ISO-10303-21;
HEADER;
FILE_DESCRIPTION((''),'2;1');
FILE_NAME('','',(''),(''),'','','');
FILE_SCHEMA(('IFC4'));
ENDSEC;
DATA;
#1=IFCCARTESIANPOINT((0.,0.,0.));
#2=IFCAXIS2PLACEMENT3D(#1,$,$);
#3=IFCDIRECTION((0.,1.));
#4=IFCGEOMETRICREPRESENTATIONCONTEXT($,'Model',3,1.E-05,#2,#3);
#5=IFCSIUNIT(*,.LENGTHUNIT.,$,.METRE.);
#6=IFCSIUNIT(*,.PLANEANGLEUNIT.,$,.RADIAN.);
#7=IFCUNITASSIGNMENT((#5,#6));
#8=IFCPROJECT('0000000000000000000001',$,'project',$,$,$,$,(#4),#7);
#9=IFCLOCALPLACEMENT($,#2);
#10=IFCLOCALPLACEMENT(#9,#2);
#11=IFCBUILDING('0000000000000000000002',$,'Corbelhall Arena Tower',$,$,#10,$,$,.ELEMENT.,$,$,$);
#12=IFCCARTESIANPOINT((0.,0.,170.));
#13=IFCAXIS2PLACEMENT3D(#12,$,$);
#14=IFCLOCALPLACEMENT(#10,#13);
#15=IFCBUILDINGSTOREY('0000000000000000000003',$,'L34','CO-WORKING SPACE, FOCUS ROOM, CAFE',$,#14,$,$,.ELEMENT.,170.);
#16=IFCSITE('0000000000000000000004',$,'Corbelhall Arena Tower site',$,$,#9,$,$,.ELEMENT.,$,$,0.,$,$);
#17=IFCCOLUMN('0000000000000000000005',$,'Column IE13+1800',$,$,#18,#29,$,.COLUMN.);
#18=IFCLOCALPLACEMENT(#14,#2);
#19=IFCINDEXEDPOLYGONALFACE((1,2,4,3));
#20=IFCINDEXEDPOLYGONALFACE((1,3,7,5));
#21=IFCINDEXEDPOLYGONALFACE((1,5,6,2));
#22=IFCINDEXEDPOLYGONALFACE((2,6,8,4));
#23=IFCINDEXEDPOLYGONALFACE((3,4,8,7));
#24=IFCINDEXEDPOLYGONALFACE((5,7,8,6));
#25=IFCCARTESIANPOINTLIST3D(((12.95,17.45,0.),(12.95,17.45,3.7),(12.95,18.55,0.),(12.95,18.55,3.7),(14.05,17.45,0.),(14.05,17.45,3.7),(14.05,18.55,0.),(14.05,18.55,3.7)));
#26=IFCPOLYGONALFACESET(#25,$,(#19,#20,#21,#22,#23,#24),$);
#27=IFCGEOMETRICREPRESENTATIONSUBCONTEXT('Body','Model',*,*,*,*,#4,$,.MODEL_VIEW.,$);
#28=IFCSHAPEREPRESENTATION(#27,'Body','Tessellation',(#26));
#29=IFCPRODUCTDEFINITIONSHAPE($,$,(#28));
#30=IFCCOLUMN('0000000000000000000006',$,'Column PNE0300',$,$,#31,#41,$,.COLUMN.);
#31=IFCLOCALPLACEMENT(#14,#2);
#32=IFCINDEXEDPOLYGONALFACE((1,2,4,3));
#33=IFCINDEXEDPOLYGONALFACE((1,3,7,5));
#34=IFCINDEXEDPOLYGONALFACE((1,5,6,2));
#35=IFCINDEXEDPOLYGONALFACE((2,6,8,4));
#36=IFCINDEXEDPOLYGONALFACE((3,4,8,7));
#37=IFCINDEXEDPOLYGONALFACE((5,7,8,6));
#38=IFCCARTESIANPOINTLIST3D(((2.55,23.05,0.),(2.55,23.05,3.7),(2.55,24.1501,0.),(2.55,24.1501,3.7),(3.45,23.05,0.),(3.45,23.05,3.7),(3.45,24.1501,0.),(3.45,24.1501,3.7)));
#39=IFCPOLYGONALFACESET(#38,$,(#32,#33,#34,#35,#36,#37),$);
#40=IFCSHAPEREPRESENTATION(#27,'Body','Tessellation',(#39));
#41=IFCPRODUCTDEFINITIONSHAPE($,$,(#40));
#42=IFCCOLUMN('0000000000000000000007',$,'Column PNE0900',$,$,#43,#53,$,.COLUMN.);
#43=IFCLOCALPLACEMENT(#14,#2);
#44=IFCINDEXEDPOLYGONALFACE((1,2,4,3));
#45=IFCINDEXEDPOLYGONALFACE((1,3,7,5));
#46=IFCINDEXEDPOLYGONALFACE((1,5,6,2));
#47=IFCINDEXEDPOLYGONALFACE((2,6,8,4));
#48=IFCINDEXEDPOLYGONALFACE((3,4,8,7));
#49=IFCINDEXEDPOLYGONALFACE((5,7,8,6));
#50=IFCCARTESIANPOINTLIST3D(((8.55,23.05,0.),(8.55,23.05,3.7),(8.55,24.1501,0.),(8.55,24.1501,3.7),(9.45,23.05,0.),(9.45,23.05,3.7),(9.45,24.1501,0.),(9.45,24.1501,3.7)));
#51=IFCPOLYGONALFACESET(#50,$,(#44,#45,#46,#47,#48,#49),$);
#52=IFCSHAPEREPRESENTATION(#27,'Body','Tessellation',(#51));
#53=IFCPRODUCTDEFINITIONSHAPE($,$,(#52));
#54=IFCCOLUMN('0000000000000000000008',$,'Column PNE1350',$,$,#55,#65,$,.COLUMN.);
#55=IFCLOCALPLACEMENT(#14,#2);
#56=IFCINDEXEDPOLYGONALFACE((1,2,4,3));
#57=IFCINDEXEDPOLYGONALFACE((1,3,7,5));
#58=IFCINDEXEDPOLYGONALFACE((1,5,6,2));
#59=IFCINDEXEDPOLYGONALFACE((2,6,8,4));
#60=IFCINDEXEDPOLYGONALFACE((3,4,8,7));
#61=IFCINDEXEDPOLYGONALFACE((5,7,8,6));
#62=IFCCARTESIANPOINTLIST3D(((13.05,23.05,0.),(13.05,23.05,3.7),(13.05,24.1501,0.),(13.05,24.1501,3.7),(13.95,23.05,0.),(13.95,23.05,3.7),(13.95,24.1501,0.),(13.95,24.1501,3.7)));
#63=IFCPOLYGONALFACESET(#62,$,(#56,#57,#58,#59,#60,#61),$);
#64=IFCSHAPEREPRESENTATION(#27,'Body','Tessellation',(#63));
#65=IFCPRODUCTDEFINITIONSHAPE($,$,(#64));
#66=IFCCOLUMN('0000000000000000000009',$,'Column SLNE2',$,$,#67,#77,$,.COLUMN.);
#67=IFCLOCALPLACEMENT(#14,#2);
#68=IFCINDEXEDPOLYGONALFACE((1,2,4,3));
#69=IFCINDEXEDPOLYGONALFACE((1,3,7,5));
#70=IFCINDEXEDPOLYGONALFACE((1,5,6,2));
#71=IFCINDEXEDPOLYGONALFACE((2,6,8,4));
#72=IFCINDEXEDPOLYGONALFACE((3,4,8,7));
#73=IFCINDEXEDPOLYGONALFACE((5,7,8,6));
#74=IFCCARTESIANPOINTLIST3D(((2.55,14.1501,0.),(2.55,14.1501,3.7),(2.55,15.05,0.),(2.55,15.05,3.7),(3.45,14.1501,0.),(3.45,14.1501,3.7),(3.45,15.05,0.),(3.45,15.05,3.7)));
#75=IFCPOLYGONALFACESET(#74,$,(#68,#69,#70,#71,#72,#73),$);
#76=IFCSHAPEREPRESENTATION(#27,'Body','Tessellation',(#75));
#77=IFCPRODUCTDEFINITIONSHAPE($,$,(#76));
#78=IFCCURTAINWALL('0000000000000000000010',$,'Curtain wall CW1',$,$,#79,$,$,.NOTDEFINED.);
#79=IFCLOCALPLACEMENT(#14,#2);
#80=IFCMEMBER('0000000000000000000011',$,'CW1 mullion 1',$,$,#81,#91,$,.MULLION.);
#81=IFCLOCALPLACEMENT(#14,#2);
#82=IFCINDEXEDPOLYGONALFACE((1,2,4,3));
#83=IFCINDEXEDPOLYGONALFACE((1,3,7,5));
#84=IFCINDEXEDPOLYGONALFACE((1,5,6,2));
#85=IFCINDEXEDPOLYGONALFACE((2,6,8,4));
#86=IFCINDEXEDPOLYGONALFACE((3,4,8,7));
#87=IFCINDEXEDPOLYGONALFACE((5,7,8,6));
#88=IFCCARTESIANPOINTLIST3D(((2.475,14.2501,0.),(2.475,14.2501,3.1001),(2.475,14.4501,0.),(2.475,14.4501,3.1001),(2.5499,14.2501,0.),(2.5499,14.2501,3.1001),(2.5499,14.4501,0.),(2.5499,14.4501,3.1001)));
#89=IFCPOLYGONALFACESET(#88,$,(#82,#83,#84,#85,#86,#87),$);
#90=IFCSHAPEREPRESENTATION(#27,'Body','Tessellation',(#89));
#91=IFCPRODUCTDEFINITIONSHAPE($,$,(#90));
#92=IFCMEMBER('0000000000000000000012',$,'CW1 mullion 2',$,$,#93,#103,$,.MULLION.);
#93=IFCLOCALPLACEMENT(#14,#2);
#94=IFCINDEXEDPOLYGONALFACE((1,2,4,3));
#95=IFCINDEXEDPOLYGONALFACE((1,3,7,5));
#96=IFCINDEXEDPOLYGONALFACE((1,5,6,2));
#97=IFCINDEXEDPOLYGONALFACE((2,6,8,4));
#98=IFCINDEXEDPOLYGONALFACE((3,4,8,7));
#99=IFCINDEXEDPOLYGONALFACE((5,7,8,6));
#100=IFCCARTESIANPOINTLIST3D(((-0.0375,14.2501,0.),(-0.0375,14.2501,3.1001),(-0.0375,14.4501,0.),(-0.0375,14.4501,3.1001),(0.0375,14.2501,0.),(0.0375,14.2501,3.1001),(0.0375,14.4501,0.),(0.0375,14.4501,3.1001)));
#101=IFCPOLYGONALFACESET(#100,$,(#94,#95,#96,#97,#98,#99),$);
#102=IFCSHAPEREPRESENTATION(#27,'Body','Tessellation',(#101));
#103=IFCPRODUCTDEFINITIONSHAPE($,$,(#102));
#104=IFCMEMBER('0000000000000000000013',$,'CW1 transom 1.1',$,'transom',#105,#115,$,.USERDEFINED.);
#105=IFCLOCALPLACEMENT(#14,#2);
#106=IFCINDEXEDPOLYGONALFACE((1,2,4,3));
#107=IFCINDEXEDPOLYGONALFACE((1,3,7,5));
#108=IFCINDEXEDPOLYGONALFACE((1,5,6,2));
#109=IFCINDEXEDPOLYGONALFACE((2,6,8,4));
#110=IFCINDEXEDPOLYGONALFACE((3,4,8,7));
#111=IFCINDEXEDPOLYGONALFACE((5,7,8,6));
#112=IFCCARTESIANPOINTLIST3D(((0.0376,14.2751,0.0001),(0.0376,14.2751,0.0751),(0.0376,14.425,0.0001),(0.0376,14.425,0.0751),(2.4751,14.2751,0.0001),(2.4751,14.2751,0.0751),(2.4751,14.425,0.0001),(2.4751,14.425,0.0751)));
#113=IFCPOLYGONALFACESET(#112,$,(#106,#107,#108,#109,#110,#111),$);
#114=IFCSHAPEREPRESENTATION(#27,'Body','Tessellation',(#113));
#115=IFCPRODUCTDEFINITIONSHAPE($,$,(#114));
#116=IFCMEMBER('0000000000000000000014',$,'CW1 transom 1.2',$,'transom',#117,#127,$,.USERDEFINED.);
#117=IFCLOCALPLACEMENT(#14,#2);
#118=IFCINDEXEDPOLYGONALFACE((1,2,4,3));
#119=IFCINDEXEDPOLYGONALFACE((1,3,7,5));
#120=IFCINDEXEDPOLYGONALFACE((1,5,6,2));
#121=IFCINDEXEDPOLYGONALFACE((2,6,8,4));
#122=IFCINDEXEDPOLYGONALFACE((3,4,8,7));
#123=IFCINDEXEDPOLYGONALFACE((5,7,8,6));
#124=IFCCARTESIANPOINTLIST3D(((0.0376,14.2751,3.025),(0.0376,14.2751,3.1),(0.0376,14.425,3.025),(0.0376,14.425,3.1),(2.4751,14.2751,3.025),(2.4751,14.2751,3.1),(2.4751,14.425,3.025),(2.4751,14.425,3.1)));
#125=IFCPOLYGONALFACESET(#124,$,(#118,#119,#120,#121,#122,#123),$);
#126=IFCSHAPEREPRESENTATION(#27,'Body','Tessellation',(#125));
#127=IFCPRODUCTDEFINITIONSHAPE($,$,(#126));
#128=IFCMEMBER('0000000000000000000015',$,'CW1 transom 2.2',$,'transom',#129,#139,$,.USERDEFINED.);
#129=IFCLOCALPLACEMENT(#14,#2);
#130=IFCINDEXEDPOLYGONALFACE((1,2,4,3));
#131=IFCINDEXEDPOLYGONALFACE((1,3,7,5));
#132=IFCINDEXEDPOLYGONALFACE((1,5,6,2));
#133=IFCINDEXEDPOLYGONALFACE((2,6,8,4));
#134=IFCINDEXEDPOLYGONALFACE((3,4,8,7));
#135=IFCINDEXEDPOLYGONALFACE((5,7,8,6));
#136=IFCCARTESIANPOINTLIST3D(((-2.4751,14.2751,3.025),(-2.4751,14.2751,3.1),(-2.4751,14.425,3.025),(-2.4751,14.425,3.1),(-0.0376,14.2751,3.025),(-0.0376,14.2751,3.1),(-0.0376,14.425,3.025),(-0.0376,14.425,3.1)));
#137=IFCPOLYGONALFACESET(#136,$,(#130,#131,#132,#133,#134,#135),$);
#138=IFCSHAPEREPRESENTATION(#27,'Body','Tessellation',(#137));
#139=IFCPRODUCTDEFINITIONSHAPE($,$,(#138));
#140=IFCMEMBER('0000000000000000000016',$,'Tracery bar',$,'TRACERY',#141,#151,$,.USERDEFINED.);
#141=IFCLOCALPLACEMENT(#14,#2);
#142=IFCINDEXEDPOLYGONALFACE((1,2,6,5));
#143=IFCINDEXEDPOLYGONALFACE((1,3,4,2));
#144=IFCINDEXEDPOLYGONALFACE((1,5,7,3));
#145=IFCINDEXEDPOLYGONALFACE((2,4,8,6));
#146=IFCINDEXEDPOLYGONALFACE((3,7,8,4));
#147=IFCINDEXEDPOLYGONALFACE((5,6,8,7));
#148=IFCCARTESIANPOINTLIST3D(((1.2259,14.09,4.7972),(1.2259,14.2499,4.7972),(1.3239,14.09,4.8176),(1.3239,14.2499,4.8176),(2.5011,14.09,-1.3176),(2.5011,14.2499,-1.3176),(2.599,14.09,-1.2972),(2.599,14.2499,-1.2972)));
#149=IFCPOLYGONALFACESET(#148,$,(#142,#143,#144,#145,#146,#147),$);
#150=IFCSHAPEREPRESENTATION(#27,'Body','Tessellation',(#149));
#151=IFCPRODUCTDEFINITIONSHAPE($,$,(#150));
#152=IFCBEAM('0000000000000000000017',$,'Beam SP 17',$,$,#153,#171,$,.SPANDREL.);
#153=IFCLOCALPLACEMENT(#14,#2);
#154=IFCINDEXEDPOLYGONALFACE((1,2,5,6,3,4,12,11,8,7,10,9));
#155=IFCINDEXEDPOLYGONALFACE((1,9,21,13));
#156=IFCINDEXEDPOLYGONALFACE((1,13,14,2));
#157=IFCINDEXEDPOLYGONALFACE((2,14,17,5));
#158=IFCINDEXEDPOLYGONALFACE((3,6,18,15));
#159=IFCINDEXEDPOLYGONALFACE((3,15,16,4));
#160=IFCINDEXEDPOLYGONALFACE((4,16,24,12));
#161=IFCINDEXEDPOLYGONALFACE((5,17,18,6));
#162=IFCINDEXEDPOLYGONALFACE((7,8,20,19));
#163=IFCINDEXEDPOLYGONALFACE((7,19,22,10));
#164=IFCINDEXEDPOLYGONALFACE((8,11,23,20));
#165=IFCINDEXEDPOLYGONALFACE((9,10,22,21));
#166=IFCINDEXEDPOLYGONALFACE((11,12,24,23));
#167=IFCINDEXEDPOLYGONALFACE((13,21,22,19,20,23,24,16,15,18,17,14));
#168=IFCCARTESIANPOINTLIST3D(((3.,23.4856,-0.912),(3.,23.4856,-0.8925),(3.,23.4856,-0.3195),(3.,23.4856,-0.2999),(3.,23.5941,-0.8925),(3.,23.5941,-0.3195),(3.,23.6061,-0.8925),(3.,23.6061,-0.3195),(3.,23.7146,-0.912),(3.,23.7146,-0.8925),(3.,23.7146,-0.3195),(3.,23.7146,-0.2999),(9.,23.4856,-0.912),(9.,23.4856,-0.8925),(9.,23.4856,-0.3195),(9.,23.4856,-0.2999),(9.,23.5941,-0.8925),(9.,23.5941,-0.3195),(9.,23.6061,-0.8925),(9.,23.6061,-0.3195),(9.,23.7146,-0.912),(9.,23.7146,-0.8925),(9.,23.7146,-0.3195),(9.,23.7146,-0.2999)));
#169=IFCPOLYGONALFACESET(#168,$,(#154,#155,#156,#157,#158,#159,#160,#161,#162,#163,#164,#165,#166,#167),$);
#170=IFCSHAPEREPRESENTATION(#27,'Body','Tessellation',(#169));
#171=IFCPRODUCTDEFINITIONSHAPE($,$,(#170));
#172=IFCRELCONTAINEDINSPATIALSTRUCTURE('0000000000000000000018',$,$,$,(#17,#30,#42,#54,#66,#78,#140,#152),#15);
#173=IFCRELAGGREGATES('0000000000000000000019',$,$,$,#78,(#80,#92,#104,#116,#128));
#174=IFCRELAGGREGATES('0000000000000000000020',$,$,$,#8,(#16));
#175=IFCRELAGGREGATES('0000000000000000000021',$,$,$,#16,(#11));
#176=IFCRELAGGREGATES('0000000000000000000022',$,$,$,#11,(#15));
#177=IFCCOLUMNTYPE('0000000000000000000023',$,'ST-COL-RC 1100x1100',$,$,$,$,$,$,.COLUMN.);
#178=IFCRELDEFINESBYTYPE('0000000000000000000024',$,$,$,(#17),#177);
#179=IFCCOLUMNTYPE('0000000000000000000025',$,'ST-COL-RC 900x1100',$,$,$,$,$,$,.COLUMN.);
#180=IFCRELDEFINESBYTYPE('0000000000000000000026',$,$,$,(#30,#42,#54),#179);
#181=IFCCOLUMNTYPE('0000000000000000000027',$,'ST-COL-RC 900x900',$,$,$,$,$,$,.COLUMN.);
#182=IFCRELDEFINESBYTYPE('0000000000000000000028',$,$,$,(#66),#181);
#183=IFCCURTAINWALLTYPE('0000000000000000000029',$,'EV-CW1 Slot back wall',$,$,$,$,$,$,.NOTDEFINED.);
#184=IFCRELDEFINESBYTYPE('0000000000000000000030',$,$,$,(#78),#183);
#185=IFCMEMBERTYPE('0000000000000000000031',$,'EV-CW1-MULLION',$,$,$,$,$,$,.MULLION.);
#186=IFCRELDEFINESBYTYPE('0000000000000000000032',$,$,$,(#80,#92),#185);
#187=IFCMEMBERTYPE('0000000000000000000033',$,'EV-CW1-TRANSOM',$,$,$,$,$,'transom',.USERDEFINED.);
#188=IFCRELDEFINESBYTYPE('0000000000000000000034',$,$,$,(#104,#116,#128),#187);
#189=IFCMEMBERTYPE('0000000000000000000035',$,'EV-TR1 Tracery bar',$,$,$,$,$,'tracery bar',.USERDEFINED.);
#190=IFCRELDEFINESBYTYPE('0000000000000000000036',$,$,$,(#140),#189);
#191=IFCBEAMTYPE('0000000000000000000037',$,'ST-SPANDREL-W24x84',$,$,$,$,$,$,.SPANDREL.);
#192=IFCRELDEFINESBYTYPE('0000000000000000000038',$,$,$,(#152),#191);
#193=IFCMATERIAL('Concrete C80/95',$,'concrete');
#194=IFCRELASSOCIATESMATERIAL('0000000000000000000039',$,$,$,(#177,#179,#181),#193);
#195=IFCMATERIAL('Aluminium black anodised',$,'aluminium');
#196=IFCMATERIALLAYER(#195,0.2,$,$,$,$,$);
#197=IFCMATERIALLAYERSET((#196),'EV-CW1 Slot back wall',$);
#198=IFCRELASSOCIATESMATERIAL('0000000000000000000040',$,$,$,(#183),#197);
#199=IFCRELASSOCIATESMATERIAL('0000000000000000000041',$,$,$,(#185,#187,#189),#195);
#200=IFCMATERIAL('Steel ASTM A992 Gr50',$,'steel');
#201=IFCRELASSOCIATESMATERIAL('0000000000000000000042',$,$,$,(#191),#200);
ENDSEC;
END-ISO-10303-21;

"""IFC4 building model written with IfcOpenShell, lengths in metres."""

from ifc_helpers import new_model, si_unit, direction, frame, origin, origin_2d, place, context, subcontext, project, spatial, rectangle, i_section, extrude, material, layer, layer_set, material_profile, profile_set, type_object, element, aggregate, save


model = new_model("IFC4")

# Units and contexts
model_context = context("Model", 3, precision=1e-05, world=origin(), true_north=direction((0.0, 1.0)))
body_context = subcontext(model_context, "Body", "Model", "MODEL_VIEW")
ifc_project = project(units=[si_unit("LENGTHUNIT", "METRE"), si_unit("PLANEANGLEUNIT", "RADIAN")], contexts=[model_context])

# Site, building, storey
site_placement = place(None, origin())
site = spatial("IfcSite", under=ifc_project, at=site_placement, Name="Corbelhall Arena Tower site", CompositionType="ELEMENT", RefElevation=0.0)
building_placement = place(site_placement, origin())
building = spatial("IfcBuilding", under=site, at=building_placement, Name="Corbelhall Arena Tower", CompositionType="ELEMENT")
storey_placement = place(building_placement, frame((0.0, 0.0, 170.0)))
storey = spatial("IfcBuildingStorey", under=building, at=storey_placement, Name="L34", Description="CO-WORKING SPACE, FOCUS ROOM, CAFE", CompositionType="ELEMENT", Elevation=170.0)

# Columns
ifc_material_1 = material(Name="Concrete C80/95", Category="concrete")
ifc_material_profile_1 = material_profile(ifc_material_1, rectangle(XDim=1.1001, YDim=1.1001, at=origin_2d()))
ifc_profile_set_1 = profile_set([ifc_material_profile_1], Name="Concrete C80/95")
column_type_1 = type_object("IfcColumnType", Name="ST-COL-RC 1100x1100", PredefinedType="COLUMN", material=ifc_profile_set_1)
column_1_placement = place(storey_placement, frame((13.5, 18.0, 0.0), z_axis=(0.0, 0.0, 1.0), x_axis=(1.0, 0.0, 0.0)))
element("IfcColumn", 1, at=column_1_placement, inside=storey, type_object=column_type_1, Name="Column IE13+1800", PredefinedType="COLUMN", context=body_context, shape_type="SweptSolid", body=[
    extrude(rectangle(XDim=1.1001, YDim=1.1001, at=origin_2d()), origin(), (0.0, 0.0, 1.0), 3.7),
])
ifc_material_profile_2 = material_profile(ifc_material_1, rectangle(XDim=0.8999, YDim=1.1001, at=origin_2d()))
ifc_profile_set_2 = profile_set([ifc_material_profile_2], Name="Concrete C80/95")
column_type_2 = type_object("IfcColumnType", Name="ST-COL-RC 900x1100", PredefinedType="COLUMN", material=ifc_profile_set_2)
for number, where, z_axis, x_axis, name in (
    (2, (3.0, 23.6001, 0.0), (0.0, 0.0, 1.0), (1.0, 0.0, 0.0), "Column PNE0300"),
    (3, (9.0, 23.6001, 0.0), (0.0, 0.0, 1.0), (1.0, 0.0, 0.0), "Column PNE0900"),
    (4, (13.5, 23.6001, 0.0), (0.0, 0.0, 1.0), (1.0, 0.0, 0.0), "Column PNE1350"),
):
    element("IfcColumn", number, at=place(storey_placement, frame(where, z_axis=z_axis, x_axis=x_axis)), inside=storey, type_object=column_type_2, Name=name, PredefinedType="COLUMN", context=body_context, shape_type="SweptSolid", body=[
        extrude(rectangle(XDim=0.8999, YDim=1.1001, at=origin_2d()), origin(), (0.0, 0.0, 1.0), 3.7),
    ])
ifc_material_profile_3 = material_profile(ifc_material_1, rectangle(XDim=0.8999, YDim=0.8999, at=origin_2d()))
ifc_profile_set_3 = profile_set([ifc_material_profile_3], Name="Concrete C80/95")
column_type_3 = type_object("IfcColumnType", Name="ST-COL-RC 900x900", PredefinedType="COLUMN", material=ifc_profile_set_3)
column_2_placement = place(storey_placement, frame((3.0, 14.6001, 0.0), z_axis=(0.0, 0.0, 1.0), x_axis=(1.0, 0.0, 0.0)))
element("IfcColumn", 5, at=column_2_placement, inside=storey, type_object=column_type_3, Name="Column SLNE2", PredefinedType="COLUMN", context=body_context, shape_type="SweptSolid", body=[
    extrude(rectangle(XDim=0.8999, YDim=0.8999, at=origin_2d()), origin(), (0.0, 0.0, 1.0), 3.7),
])

# Curtain wall, members
ifc_material_2 = material(Name="Aluminium black anodised", Category="aluminium")
ifc_layer_1 = layer(ifc_material_2, 0.2)
ifc_layer_set_1 = layer_set([ifc_layer_1], Name="EV-CW1 Slot back wall")
curtain_wall_type = type_object("IfcCurtainWallType", Name="EV-CW1 Slot back wall", PredefinedType="NOTDEFINED", material=ifc_layer_set_1)
curtain_wall_placement = place(storey_placement, origin())
curtain_wall = element("IfcCurtainWall", 6, at=curtain_wall_placement, inside=storey, type_object=curtain_wall_type, Name="Curtain wall CW1", PredefinedType="NOTDEFINED")
ifc_material_profile_4 = material_profile(ifc_material_2, rectangle(XDim=0.2, YDim=0.075, at=origin_2d()))
ifc_profile_set_4 = profile_set([ifc_material_profile_4], Name="Aluminium black anodised")
member_type_1 = type_object("IfcMemberType", Name="EV-CW1-MULLION", PredefinedType="MULLION", material=ifc_profile_set_4)
member_1_placement = place(storey_placement, frame((2.5125, 14.3501, 0.0), z_axis=(0.0, 0.0, 1.0), x_axis=(0.0, -1.0, 0.0)))
member_1 = element("IfcMember", 7, at=member_1_placement, type_object=member_type_1, Name="CW1 mullion 1", PredefinedType="MULLION", context=body_context, shape_type="SweptSolid", body=[
    extrude(rectangle(XDim=0.2, YDim=0.075, at=origin_2d()), origin(), (0.0, 0.0, 1.0), 3.1001),
])
member_2_placement = place(storey_placement, frame((0.0, 14.3501, 0.0), z_axis=(0.0, 0.0, 1.0), x_axis=(0.0, -1.0, 0.0)))
member_2 = element("IfcMember", 8, at=member_2_placement, type_object=member_type_1, Name="CW1 mullion 2", PredefinedType="MULLION", context=body_context, shape_type="SweptSolid", body=[
    extrude(rectangle(XDim=0.2, YDim=0.075, at=origin_2d()), origin(), (0.0, 0.0, 1.0), 3.1001),
])
ifc_material_profile_5 = material_profile(ifc_material_2, rectangle(XDim=0.1499, YDim=0.075, at=origin_2d()))
ifc_profile_set_5 = profile_set([ifc_material_profile_5], Name="Aluminium black anodised")
member_type_2 = type_object("IfcMemberType", Name="EV-CW1-TRANSOM", ElementType="transom", PredefinedType="USERDEFINED", material=ifc_profile_set_5)
member_3_placement = place(storey_placement, frame((2.4751, 14.3501, 0.0376), z_axis=(-1.0, 0.0, 0.0), x_axis=(0.0, -1.0, 0.0)))
member_3 = element("IfcMember", 9, at=member_3_placement, type_object=member_type_2, Name="CW1 transom 1.1", ObjectType="transom", PredefinedType="USERDEFINED", context=body_context, shape_type="SweptSolid", body=[
    extrude(rectangle(XDim=0.1499, YDim=0.075, at=origin_2d()), origin(), (0.0, 0.0, 1.0), 2.4375),
])
member_4_placement = place(storey_placement, frame((2.4751, 14.3501, 3.0625), z_axis=(-1.0, 0.0, 0.0), x_axis=(0.0, -1.0, 0.0)))
member_4 = element("IfcMember", 10, at=member_4_placement, type_object=member_type_2, Name="CW1 transom 1.2", ObjectType="transom", PredefinedType="USERDEFINED", context=body_context, shape_type="SweptSolid", body=[
    extrude(rectangle(XDim=0.1499, YDim=0.075, at=origin_2d()), origin(), (0.0, 0.0, 1.0), 2.4375),
])
member_5_placement = place(storey_placement, frame((-0.0376, 14.3501, 3.0625), z_axis=(-1.0, 0.0, 0.0), x_axis=(0.0, -1.0, 0.0)))
member_5 = element("IfcMember", 11, at=member_5_placement, type_object=member_type_2, Name="CW1 transom 2.2", ObjectType="transom", PredefinedType="USERDEFINED", context=body_context, shape_type="SweptSolid", body=[
    extrude(rectangle(XDim=0.1499, YDim=0.075, at=origin_2d()), origin(), (0.0, 0.0, 1.0), 2.4375),
])

# Member
ifc_material_profile_6 = material_profile(ifc_material_2, rectangle(XDim=0.1599, YDim=0.1001, at=origin_2d()))
ifc_profile_set_6 = profile_set([ifc_material_profile_6], Name="Aluminium black anodised")
member_type_3 = type_object("IfcMemberType", Name="EV-TR1 Tracery bar", ElementType="tracery bar", PredefinedType="USERDEFINED", material=ifc_profile_set_6)
member_6_placement = place(storey_placement, frame((2.55, 14.1699, -1.3074), z_axis=(-0.204145, 0.0, 0.978941), x_axis=(0.0, -1.0, 0.0)))
element("IfcMember", 12, at=member_6_placement, inside=storey, type_object=member_type_3, Name="Tracery bar", ObjectType="TRACERY", PredefinedType="USERDEFINED", context=body_context, shape_type="SweptSolid", body=[
    extrude(rectangle(XDim=0.1599, YDim=0.1001, at=origin_2d()), origin(), (0.0, 0.0, 1.0), 6.2463),
])

# Beam
ifc_material_3 = material(Name="Steel ASTM A992 Gr50", Category="steel")
ifc_material_profile_7 = material_profile(ifc_material_3, i_section(OverallWidth=0.229, OverallDepth=0.6121, WebThickness=0.012, FlangeThickness=0.0195, at=origin_2d()))
ifc_profile_set_7 = profile_set([ifc_material_profile_7], Name="Steel ASTM A992 Gr50")
beam_type_1 = type_object("IfcBeamType", Name="ST-SPANDREL-W24x84", PredefinedType="SPANDREL", material=ifc_profile_set_7)
beam_1_placement = place(storey_placement, frame((3.0, 23.6001, -0.606), z_axis=(1.0, 0.0, 0.0), x_axis=(0.0, 1.0, 0.0)))
element("IfcBeam", 13, at=beam_1_placement, inside=storey, type_object=beam_type_1, Name="Beam SP 17", PredefinedType="SPANDREL", context=body_context, shape_type="SweptSolid", body=[
    extrude(i_section(OverallWidth=0.229, OverallDepth=0.6121, WebThickness=0.012, FlangeThickness=0.0195, at=origin_2d()), origin(), (0.0, 0.0, 1.0), 6.0),
])

aggregate(curtain_wall, [member_1, member_2, member_3, member_4, member_5])

save(model, "model.ifc")
